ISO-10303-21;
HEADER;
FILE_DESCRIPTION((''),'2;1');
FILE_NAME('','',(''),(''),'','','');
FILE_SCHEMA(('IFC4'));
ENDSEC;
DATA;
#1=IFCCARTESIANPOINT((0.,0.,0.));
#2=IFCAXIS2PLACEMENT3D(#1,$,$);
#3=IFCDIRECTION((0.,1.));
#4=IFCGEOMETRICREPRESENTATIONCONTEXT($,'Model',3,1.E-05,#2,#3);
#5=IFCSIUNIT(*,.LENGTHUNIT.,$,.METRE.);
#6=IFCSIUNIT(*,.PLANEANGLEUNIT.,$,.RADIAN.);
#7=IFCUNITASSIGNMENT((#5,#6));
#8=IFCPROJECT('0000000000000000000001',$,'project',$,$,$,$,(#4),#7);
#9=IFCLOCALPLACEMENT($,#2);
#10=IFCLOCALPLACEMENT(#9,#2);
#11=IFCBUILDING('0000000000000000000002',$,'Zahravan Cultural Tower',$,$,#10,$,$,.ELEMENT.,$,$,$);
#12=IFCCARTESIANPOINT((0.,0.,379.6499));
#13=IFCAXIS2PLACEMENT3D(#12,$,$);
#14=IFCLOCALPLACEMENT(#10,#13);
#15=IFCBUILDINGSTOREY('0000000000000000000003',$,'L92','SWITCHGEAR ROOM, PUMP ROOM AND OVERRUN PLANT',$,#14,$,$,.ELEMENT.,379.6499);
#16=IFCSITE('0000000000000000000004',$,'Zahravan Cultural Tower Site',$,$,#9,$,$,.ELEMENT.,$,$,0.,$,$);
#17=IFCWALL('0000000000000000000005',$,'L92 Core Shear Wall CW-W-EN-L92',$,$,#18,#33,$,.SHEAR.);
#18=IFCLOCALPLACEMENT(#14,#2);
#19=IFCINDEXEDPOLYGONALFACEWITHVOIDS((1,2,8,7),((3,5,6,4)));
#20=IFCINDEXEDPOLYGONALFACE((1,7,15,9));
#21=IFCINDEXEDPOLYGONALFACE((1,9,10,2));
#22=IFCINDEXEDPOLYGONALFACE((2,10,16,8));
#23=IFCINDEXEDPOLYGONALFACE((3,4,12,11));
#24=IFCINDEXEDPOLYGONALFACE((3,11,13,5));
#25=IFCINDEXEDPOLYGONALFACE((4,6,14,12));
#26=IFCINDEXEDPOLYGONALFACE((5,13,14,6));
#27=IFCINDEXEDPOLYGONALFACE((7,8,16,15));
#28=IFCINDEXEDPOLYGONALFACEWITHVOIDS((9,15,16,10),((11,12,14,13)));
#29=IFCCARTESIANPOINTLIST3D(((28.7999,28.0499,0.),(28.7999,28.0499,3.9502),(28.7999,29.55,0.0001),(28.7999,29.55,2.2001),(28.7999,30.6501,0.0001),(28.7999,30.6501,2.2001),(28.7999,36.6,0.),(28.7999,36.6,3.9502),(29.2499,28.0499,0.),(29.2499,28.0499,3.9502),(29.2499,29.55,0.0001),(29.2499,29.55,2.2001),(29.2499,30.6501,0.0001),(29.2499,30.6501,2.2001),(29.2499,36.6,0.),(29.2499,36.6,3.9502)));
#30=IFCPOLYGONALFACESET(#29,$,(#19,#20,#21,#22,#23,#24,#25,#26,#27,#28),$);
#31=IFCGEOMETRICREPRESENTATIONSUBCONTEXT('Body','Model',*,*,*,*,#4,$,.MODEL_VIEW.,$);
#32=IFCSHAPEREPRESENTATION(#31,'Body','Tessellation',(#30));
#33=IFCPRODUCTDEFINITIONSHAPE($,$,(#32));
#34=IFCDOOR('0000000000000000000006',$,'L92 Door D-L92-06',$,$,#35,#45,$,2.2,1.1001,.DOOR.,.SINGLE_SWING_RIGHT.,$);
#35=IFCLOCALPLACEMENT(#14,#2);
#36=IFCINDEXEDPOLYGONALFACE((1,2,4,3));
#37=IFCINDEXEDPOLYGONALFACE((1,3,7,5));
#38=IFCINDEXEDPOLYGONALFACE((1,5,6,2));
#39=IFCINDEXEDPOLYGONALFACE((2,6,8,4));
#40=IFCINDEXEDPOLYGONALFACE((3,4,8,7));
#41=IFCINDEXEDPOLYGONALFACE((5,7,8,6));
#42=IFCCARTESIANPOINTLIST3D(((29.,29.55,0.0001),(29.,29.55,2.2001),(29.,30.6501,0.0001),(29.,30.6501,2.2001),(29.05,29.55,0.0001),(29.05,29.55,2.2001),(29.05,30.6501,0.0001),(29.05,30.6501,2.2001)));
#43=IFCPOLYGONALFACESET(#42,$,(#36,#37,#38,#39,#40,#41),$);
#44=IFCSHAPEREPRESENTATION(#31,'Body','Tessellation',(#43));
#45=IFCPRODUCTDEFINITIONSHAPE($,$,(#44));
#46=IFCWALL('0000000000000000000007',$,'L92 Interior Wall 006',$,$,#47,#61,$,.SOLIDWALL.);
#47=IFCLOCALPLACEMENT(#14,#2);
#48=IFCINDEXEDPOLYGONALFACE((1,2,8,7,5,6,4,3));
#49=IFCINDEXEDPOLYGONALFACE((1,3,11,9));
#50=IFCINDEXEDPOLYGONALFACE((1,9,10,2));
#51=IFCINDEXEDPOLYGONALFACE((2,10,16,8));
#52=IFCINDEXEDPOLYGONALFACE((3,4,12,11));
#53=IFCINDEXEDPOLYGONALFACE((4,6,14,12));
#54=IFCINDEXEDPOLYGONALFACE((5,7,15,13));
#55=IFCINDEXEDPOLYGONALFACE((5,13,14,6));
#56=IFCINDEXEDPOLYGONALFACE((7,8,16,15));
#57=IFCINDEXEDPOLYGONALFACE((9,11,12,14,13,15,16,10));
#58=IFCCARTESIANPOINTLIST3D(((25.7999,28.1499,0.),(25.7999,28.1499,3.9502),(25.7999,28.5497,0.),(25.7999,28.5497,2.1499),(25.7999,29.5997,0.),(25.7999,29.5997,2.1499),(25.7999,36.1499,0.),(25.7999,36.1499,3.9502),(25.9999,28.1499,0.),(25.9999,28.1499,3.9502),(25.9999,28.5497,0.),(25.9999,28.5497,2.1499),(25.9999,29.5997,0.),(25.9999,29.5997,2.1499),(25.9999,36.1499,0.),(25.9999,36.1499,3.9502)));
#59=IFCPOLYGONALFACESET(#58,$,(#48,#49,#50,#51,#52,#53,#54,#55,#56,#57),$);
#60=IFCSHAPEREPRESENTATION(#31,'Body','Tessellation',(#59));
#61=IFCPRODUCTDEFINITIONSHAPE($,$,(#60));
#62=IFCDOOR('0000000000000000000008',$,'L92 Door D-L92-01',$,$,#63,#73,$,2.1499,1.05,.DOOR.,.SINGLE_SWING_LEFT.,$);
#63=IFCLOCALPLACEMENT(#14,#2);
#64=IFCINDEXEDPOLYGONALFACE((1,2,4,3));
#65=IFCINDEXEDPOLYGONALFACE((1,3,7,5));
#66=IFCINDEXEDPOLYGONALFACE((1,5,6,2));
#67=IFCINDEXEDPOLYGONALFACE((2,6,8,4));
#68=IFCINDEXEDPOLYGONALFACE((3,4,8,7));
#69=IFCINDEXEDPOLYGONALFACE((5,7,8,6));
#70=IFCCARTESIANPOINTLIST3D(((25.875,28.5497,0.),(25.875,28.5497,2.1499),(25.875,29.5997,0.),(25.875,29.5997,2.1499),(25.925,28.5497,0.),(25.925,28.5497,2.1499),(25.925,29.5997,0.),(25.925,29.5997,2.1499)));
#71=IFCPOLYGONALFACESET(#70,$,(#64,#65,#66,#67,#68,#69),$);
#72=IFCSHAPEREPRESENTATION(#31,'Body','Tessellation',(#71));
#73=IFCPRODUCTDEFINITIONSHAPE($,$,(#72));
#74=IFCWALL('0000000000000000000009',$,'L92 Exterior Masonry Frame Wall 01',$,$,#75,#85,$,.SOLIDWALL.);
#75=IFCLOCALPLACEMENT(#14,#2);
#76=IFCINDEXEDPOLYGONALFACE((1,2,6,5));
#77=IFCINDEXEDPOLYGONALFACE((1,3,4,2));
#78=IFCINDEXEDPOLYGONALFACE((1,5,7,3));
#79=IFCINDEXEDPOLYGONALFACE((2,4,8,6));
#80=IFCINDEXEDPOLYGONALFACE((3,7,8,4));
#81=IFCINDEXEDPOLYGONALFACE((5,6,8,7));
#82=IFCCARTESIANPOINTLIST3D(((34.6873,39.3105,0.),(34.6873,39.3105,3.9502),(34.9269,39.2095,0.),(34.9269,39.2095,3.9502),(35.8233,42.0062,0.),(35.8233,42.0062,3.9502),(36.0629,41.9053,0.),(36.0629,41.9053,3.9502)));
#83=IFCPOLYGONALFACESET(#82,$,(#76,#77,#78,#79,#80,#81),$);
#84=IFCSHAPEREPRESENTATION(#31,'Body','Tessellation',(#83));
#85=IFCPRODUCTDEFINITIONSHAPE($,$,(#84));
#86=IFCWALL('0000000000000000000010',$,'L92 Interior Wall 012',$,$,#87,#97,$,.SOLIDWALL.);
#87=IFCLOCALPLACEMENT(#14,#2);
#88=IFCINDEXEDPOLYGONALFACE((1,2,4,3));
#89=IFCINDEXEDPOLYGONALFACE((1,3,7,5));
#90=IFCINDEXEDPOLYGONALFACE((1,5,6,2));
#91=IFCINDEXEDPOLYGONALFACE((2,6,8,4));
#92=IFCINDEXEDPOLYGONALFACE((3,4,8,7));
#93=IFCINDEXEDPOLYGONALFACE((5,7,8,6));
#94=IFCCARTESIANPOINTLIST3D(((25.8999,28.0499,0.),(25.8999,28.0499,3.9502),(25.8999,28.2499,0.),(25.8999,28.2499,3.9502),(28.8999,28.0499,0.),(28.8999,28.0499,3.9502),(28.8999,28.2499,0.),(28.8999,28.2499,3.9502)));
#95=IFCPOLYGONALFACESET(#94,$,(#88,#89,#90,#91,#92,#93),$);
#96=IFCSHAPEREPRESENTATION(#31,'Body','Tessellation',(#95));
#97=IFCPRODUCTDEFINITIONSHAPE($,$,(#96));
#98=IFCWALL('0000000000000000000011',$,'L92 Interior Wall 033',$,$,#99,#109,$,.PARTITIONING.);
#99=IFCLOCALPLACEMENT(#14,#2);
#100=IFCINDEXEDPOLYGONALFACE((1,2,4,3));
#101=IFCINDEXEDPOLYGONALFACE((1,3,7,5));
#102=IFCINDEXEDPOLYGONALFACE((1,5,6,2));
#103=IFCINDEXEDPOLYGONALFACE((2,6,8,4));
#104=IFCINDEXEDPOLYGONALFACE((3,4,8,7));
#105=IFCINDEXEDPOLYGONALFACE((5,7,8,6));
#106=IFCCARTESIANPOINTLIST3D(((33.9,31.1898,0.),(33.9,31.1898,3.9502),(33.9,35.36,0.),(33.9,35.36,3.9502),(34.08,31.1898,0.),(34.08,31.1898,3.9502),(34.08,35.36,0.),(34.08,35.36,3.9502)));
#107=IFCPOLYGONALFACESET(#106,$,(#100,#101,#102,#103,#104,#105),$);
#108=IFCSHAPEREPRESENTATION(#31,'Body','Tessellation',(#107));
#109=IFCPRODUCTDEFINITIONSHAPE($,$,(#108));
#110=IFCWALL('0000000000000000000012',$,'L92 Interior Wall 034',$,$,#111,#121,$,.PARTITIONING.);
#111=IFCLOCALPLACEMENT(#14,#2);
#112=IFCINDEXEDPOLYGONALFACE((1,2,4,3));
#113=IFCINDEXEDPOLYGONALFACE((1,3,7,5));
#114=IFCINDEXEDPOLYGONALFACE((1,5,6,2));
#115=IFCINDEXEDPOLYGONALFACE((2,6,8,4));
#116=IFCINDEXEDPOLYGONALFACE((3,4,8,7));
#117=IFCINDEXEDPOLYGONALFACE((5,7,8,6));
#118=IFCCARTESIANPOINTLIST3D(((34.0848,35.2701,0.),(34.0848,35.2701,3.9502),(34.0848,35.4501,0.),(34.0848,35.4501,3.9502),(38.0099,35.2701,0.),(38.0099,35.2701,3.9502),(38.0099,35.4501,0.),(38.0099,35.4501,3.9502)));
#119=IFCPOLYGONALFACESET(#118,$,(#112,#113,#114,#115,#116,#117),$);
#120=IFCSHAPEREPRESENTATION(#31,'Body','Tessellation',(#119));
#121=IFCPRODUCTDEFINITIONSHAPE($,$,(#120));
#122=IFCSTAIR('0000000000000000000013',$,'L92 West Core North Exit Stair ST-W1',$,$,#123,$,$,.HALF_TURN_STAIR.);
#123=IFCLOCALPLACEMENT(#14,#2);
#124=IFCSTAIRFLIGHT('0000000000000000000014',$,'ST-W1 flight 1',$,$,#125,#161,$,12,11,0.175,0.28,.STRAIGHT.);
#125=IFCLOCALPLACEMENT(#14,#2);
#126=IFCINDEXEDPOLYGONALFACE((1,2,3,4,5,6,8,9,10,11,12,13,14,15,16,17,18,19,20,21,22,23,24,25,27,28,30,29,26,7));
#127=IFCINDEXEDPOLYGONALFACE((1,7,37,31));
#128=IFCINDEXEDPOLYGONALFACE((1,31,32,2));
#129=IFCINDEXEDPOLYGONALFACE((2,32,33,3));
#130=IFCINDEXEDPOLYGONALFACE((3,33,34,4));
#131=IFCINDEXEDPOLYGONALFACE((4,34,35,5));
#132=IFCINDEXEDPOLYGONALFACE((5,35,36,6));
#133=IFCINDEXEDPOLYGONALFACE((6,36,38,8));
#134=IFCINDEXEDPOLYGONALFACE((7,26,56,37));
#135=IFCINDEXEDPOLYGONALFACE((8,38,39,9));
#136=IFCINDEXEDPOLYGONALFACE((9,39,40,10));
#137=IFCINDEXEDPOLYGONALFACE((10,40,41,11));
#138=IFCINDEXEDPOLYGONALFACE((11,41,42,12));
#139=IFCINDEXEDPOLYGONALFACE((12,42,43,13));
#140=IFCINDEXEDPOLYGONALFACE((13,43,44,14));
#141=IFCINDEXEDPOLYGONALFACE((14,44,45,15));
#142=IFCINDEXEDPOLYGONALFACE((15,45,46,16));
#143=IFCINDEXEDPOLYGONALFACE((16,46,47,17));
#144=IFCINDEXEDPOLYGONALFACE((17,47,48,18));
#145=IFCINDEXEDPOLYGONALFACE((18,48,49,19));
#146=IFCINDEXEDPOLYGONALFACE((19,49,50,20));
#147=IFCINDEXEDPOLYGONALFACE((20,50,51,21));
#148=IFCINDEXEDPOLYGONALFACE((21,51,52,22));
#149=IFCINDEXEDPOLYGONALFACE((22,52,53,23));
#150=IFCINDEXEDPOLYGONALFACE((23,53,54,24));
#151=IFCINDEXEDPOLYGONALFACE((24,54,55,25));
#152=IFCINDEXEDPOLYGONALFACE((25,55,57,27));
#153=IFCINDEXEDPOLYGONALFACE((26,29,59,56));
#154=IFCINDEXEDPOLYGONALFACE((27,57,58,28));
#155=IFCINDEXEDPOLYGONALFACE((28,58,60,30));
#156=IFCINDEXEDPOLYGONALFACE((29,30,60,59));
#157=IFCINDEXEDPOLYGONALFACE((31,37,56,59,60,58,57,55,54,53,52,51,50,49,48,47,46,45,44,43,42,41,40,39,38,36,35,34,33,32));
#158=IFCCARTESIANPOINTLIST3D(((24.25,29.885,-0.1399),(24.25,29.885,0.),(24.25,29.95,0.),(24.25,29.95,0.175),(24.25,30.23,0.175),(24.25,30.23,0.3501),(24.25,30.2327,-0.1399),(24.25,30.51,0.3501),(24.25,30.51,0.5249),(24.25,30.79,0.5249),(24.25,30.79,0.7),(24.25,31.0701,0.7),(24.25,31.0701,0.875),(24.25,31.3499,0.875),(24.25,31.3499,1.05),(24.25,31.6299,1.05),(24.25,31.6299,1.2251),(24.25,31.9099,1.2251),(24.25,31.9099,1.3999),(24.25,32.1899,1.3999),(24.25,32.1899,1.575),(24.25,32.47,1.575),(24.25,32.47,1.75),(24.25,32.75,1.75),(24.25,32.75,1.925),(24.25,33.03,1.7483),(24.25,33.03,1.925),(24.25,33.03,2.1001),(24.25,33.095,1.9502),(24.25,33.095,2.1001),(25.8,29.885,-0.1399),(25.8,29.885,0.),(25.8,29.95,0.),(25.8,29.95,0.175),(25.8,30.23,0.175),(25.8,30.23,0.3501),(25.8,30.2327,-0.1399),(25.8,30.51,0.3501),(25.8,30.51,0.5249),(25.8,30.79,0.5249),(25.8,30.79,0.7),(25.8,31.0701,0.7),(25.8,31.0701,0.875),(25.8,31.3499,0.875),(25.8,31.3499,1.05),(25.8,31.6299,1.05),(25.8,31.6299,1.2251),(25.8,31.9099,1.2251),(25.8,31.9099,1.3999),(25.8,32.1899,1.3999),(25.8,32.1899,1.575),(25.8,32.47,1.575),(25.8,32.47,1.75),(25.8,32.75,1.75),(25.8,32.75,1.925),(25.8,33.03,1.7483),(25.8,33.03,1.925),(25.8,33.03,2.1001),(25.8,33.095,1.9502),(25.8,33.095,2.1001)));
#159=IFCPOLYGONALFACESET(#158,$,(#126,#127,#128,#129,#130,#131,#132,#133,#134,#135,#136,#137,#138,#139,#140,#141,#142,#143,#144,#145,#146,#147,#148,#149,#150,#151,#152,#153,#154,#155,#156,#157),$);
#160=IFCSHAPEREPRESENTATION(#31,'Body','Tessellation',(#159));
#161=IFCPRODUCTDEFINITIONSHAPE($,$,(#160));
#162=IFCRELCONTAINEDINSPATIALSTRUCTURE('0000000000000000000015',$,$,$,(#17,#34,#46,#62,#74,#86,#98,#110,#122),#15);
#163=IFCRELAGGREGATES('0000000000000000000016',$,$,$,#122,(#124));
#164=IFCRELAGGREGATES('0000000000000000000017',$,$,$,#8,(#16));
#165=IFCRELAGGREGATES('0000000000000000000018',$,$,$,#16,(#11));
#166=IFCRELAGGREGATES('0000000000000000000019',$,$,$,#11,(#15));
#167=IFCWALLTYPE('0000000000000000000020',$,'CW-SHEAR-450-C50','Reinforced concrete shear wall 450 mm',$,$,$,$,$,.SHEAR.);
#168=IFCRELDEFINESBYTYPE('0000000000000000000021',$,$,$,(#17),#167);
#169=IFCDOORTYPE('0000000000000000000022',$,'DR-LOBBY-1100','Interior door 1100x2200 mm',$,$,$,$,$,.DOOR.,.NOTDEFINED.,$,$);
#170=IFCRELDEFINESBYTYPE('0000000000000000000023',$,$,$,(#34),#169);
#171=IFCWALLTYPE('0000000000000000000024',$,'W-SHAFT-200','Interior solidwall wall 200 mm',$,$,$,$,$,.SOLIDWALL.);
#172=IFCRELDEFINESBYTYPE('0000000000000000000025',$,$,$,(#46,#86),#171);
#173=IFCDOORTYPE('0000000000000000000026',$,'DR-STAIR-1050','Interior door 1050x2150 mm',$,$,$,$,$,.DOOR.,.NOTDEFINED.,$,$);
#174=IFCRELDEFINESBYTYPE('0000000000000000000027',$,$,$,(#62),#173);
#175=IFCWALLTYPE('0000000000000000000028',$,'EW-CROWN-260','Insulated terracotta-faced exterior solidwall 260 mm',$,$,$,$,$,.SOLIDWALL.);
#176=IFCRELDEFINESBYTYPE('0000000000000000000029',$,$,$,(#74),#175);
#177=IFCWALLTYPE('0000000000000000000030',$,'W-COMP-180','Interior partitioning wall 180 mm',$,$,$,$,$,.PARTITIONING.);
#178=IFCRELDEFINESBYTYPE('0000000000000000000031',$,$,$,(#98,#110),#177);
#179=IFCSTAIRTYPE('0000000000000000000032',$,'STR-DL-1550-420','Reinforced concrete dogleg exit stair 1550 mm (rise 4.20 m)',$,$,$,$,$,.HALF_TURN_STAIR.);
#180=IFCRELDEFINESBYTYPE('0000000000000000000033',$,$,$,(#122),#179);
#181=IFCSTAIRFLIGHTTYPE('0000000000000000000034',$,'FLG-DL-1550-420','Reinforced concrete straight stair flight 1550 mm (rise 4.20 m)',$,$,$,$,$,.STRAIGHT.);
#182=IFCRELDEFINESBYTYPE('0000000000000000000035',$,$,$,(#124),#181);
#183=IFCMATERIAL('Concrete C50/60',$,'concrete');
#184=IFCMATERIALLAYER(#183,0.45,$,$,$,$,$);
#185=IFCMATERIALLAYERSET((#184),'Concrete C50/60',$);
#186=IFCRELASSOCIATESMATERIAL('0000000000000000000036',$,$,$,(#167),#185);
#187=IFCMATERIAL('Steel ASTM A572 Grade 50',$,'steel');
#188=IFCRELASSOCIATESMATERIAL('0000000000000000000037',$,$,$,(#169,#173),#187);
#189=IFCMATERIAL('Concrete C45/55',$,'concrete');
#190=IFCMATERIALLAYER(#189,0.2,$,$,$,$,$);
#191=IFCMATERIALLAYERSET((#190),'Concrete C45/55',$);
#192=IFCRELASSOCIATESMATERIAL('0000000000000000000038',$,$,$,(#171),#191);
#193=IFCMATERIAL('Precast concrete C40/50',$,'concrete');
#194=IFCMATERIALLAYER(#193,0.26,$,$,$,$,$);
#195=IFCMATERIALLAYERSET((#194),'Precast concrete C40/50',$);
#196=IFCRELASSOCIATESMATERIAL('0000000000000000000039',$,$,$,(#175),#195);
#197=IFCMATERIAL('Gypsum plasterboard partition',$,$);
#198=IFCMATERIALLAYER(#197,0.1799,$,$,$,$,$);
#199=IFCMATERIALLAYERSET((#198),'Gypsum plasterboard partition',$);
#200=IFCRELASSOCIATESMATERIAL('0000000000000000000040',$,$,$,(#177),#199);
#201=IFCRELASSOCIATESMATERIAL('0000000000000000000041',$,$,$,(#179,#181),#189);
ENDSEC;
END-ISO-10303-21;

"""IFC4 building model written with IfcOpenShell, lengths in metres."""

from ifc_helpers import new_model, si_unit, direction, frame, frame_2d, origin, place, context, subcontext, project, spatial, polyline, rectangle, outline, extrude, source, transform, mapped, material, layer, layer_set, type_object, element, fill, aggregate, save


model = new_model("IFC4")

# Units and contexts
model_context = context("Model", 3, precision=1e-05, world=origin(), true_north=direction((0.0, 1.0)))
body_context = subcontext(model_context, "Body", "Model", "MODEL_VIEW")
ifc_project = project(units=[si_unit("LENGTHUNIT", "METRE"), si_unit("PLANEANGLEUNIT", "RADIAN")], contexts=[model_context])

# Site, building, storey
site_placement = place(None, origin())
site = spatial("IfcSite", under=ifc_project, at=site_placement, Name="Zahravan Cultural Tower Site", CompositionType="ELEMENT", RefElevation=0.0)
building_placement = place(site_placement, origin())
building = spatial("IfcBuilding", under=site, at=building_placement, Name="Zahravan Cultural Tower", CompositionType="ELEMENT")
storey_placement = place(building_placement, frame((0.0, 0.0, 379.6499)))
storey = spatial("IfcBuildingStorey", under=building, at=storey_placement, Name="L92", Description="SWITCHGEAR ROOM, PUMP ROOM AND OVERRUN PLANT", CompositionType="ELEMENT", Elevation=379.6499)

# Shared definitions
ifc_material_1 = material(Name="Concrete C45/55", Category="concrete")

# Shared definitions
ifc_material_2 = material(Name="Concrete C50/60", Category="concrete")

# Walls, openings, doors
ifc_layer_1 = layer(ifc_material_2, 0.45)
ifc_layer_set_1 = layer_set([ifc_layer_1], Name="Concrete C50/60")
wall_type_1 = type_object("IfcWallType", Name="CW-SHEAR-450-C50", Description="Reinforced concrete shear wall 450 mm", PredefinedType="SHEAR", material=ifc_layer_set_1)
wall_1_placement = place(storey_placement, frame((29.0249, 28.05, 0.0), z_axis=(0.0, 0.0, 1.0), x_axis=(0.0, 1.0, 0.0)))
wall_1 = element("IfcWall", 1, at=wall_1_placement, inside=storey, type_object=wall_type_1, Name="L92 Core Shear Wall CW-W-EN-L92", PredefinedType="SHEAR", context=body_context, shape_type="SweptSolid", body=[
    extrude(rectangle(XDim=8.55, YDim=0.45, at=frame_2d((4.2749, 0.0))), origin(), (0.0, 0.0, 1.0), 3.9502),
])
opening_1_placement = place(wall_1_placement, frame((1.5, 0.0, 0.0)))
opening_1 = element("IfcOpeningElement", 2, at=opening_1_placement, cuts=wall_1, PredefinedType="OPENING", context=body_context, shape_type="SweptSolid", body=[
    extrude(rectangle(XDim=1.1001, YDim=2.2, at=frame_2d((0.55, 1.1001))), frame((0.0, 0.2349, 0.0), z_axis=(0.0, -1.0, 0.0), x_axis=(1.0, 0.0, 0.0)), (0.0, 0.0, 1.0), 0.47),
])
ifc_material_3 = material(Name="Steel ASTM A572 Grade 50", Category="steel")
door_type_1 = type_object("IfcDoorType", Name="DR-LOBBY-1100", Description="Interior door 1100x2200 mm", OperationType="NOTDEFINED", PredefinedType="DOOR", material=ifc_material_3)
shared_shape_1 = source(origin(), body_context, "Body", "SweptSolid", [
    extrude(rectangle(XDim=1.1001, YDim=2.2, at=frame_2d((0.55, 1.1001))), frame((0.0, 0.0249, 0.0), z_axis=(0.0, -1.0, 0.0), x_axis=(1.0, 0.0, 0.0)), (0.0, 0.0, 1.0), 0.05),
])
door_1_placement = place(opening_1_placement, origin())
door_1 = element("IfcDoor", 3, at=door_1_placement, inside=storey, type_object=door_type_1, Name="L92 Door D-L92-06", OperationType="SINGLE_SWING_RIGHT", OverallHeight=2.2, OverallWidth=1.1001, PredefinedType="DOOR", context=body_context, shape_type="MappedRepresentation", body=[
    mapped(shared_shape_1, transform((0.0, 0.0, 0.0), x_axis=(1.0, 0.0, 0.0), y_axis=(0.0, 1.0, 0.0), z_axis=(0.0, 0.0, 1.0), scale=1.0)),
])
fill(opening_1, door_1)
ifc_layer_2 = layer(ifc_material_1, 0.2)
ifc_layer_set_2 = layer_set([ifc_layer_2], Name="Concrete C45/55")
wall_type_2 = type_object("IfcWallType", Name="W-SHAFT-200", Description="Interior solidwall wall 200 mm", PredefinedType="SOLIDWALL", material=ifc_layer_set_2)
wall_2_placement = place(storey_placement, frame((25.8999, 28.1499, 0.0), z_axis=(0.0, 0.0, 1.0), x_axis=(0.0, 1.0, 0.0)))
wall_2 = element("IfcWall", 4, at=wall_2_placement, inside=storey, type_object=wall_type_2, Name="L92 Interior Wall 006", PredefinedType="SOLIDWALL", context=body_context, shape_type="SweptSolid", body=[
    extrude(rectangle(XDim=8.0, YDim=0.2, at=frame_2d((4.0, 0.0))), origin(), (0.0, 0.0, 1.0), 3.9502),
])
opening_2_placement = place(wall_2_placement, frame((0.3999, 0.0, 0.0)))
opening_2 = element("IfcOpeningElement", 5, at=opening_2_placement, cuts=wall_2, PredefinedType="OPENING", context=body_context, shape_type="SweptSolid", body=[
    extrude(rectangle(XDim=1.05, YDim=2.1499, at=frame_2d((0.5249, 1.075))), frame((0.0, 0.1099, 0.0), z_axis=(0.0, -1.0, 0.0), x_axis=(1.0, 0.0, 0.0)), (0.0, 0.0, 1.0), 0.22),
])
door_type_2 = type_object("IfcDoorType", Name="DR-STAIR-1050", Description="Interior door 1050x2150 mm", OperationType="NOTDEFINED", PredefinedType="DOOR", material=ifc_material_3)
shared_shape_2 = source(origin(), body_context, "Body", "SweptSolid", [
    extrude(rectangle(XDim=1.05, YDim=2.1499, at=frame_2d((0.5249, 1.075))), frame((0.0, 0.0249, 0.0), z_axis=(0.0, -1.0, 0.0), x_axis=(1.0, 0.0, 0.0)), (0.0, 0.0, 1.0), 0.05),
])
door_2_placement = place(opening_2_placement, origin())
door_2 = element("IfcDoor", 6, at=door_2_placement, inside=storey, type_object=door_type_2, Name="L92 Door D-L92-01", OperationType="SINGLE_SWING_LEFT", OverallHeight=2.1499, OverallWidth=1.05, PredefinedType="DOOR", context=body_context, shape_type="MappedRepresentation", body=[
    mapped(shared_shape_2, transform((0.0, 0.0, 0.0), x_axis=(1.0, 0.0, 0.0), y_axis=(0.0, 1.0, 0.0), z_axis=(0.0, 0.0, 1.0), scale=1.0)),
])
fill(opening_2, door_2)

# Walls
ifc_material_4 = material(Name="Precast concrete C40/50", Category="concrete")
ifc_layer_3 = layer(ifc_material_4, 0.26)
ifc_layer_set_3 = layer_set([ifc_layer_3], Name="Precast concrete C40/50")
wall_type_3 = type_object("IfcWallType", Name="EW-CROWN-260", Description="Insulated terracotta-faced exterior solidwall 260 mm", PredefinedType="SOLIDWALL", material=ifc_layer_set_3)
shared_shape_3 = source(origin(), body_context, "Body", "SweptSolid", [
    extrude(rectangle(XDim=2.9253, YDim=0.26, at=frame_2d((1.4626, 0.0))), origin(), (0.0, 0.0, 1.0), 3.9502),
])
wall_3_placement = place(storey_placement, frame((34.8071, 39.26, 0.0), z_axis=(0.0, 0.0, 1.0), x_axis=(0.388322, 0.921524, 0.0)))
element("IfcWall", 7, at=wall_3_placement, inside=storey, type_object=wall_type_3, Name="L92 Exterior Masonry Frame Wall 01", PredefinedType="SOLIDWALL", context=body_context, shape_type="MappedRepresentation", body=[
    mapped(shared_shape_3, transform((0.0, 0.0, 0.0), x_axis=(1.0, 0.0, 0.0), y_axis=(0.0, 1.0, 0.0), z_axis=(0.0, 0.0, 1.0), scale=1.0)),
])
shared_shape_4 = source(origin(), body_context, "Body", "SweptSolid", [
    extrude(rectangle(XDim=3.0, YDim=0.2, at=frame_2d((1.5, 0.0))), origin(), (0.0, 0.0, 1.0), 3.9502),
])
wall_4_placement = place(storey_placement, frame((25.8999, 28.1499, 0.0), z_axis=(0.0, 0.0, 1.0), x_axis=(1.0, 0.0, 0.0)))
element("IfcWall", 8, at=wall_4_placement, inside=storey, type_object=wall_type_2, Name="L92 Interior Wall 012", PredefinedType="SOLIDWALL", context=body_context, shape_type="MappedRepresentation", body=[
    mapped(shared_shape_4, transform((0.0, 0.0, 0.0), x_axis=(1.0, 0.0, 0.0), y_axis=(0.0, 1.0, 0.0), z_axis=(0.0, 0.0, 1.0), scale=1.0)),
])
ifc_material_5 = material(Name="Gypsum plasterboard partition")
ifc_layer_4 = layer(ifc_material_5, 0.1799)
ifc_layer_set_4 = layer_set([ifc_layer_4], Name="Gypsum plasterboard partition")
wall_type_4 = type_object("IfcWallType", Name="W-COMP-180", Description="Interior partitioning wall 180 mm", PredefinedType="PARTITIONING", material=ifc_layer_set_4)
shared_shape_5 = source(origin(), body_context, "Body", "SweptSolid", [
    extrude(rectangle(XDim=4.1702, YDim=0.1799, at=frame_2d((2.085, 0.0))), origin(), (0.0, 0.0, 1.0), 3.9502),
])
wall_5_placement = place(storey_placement, frame((33.99, 31.1899, 0.0), z_axis=(0.0, 0.0, 1.0), x_axis=(0.0, 1.0, 0.0)))
element("IfcWall", 9, at=wall_5_placement, inside=storey, type_object=wall_type_4, Name="L92 Interior Wall 033", PredefinedType="PARTITIONING", context=body_context, shape_type="MappedRepresentation", body=[
    mapped(shared_shape_5, transform((0.0, 0.0, 0.0), x_axis=(1.0, 0.0, 0.0), y_axis=(0.0, 1.0, 0.0), z_axis=(0.0, 0.0, 1.0), scale=1.0)),
])
shared_shape_6 = source(origin(), body_context, "Body", "SweptSolid", [
    extrude(rectangle(XDim=3.925, YDim=0.1799, at=frame_2d((1.9624, 0.0))), origin(), (0.0, 0.0, 1.0), 3.9502),
])
wall_6_placement = place(storey_placement, frame((34.085, 35.3601, 0.0), z_axis=(0.0, 0.0, 1.0), x_axis=(1.0, 0.0, 0.0)))
element("IfcWall", 10, at=wall_6_placement, inside=storey, type_object=wall_type_4, Name="L92 Interior Wall 034", PredefinedType="PARTITIONING", context=body_context, shape_type="MappedRepresentation", body=[
    mapped(shared_shape_6, transform((0.0, 0.0, 0.0), x_axis=(1.0, 0.0, 0.0), y_axis=(0.0, 1.0, 0.0), z_axis=(0.0, 0.0, 1.0), scale=1.0)),
])

# Stair, stair flight
stair_type = type_object("IfcStairType", Name="STR-DL-1550-420", Description="Reinforced concrete dogleg exit stair 1550 mm (rise 4.20 m)", PredefinedType="HALF_TURN_STAIR", material=ifc_material_1)
stair_placement = place(storey_placement, origin())
stair = element("IfcStair", 11, at=stair_placement, inside=storey, type_object=stair_type, Name="L92 West Core North Exit Stair ST-W1", PredefinedType="HALF_TURN_STAIR")
stair_flight_type = type_object("IfcStairFlightType", Name="FLG-DL-1550-420", Description="Reinforced concrete straight stair flight 1550 mm (rise 4.20 m)", PredefinedType="STRAIGHT", material=ifc_material_1)
stair_flight_placement = place(storey_placement, frame((25.0249, 29.95, 0.0), z_axis=(0.0, 0.0, 1.0), x_axis=(0.0, 1.0, 0.0)))
stair_flight = element("IfcStairFlight", 12, at=stair_flight_placement, type_object=stair_flight_type, Name="ST-W1 flight 1", NumberOfRisers=12, NumberOfTreads=11, PredefinedType="STRAIGHT", RiserHeight=0.175, TreadLength=0.28, context=body_context, shape_type="SweptSolid", body=[
    extrude(outline(polyline([(-0.0649, -0.1399), (-0.0649, 0.0), (0.0, 0.0), (0.0, 0.175), (0.28, 0.175), (0.28, 0.3501), (0.5601, 0.3501), (0.5601, 0.5249), (0.8401, 0.5249), (0.8401, 0.7), (1.1201, 0.7), (1.1201, 0.875), (1.3999, 0.875), (1.3999, 1.05), (1.6799, 1.05), (1.6799, 1.2251), (1.96, 1.2251), (1.96, 1.3999), (2.24, 1.3999), (2.24, 1.575), (2.52, 1.575), (2.52, 1.75), (2.8, 1.75), (2.8, 1.925), (3.0801, 1.925), (3.0801, 2.1001), (3.145, 2.1001), (3.145, 1.9502), (3.0801, 1.7483), (0.2827, -0.1399), (-0.0649, -0.1399)])), frame((0.0, 0.7749, 0.0), z_axis=(0.0, -1.0, 0.0), x_axis=(1.0, 0.0, 0.0)), (0.0, 0.0, 1.0), 1.55),
])
aggregate(stair, [stair_flight])

save(model, "model.ifc")
